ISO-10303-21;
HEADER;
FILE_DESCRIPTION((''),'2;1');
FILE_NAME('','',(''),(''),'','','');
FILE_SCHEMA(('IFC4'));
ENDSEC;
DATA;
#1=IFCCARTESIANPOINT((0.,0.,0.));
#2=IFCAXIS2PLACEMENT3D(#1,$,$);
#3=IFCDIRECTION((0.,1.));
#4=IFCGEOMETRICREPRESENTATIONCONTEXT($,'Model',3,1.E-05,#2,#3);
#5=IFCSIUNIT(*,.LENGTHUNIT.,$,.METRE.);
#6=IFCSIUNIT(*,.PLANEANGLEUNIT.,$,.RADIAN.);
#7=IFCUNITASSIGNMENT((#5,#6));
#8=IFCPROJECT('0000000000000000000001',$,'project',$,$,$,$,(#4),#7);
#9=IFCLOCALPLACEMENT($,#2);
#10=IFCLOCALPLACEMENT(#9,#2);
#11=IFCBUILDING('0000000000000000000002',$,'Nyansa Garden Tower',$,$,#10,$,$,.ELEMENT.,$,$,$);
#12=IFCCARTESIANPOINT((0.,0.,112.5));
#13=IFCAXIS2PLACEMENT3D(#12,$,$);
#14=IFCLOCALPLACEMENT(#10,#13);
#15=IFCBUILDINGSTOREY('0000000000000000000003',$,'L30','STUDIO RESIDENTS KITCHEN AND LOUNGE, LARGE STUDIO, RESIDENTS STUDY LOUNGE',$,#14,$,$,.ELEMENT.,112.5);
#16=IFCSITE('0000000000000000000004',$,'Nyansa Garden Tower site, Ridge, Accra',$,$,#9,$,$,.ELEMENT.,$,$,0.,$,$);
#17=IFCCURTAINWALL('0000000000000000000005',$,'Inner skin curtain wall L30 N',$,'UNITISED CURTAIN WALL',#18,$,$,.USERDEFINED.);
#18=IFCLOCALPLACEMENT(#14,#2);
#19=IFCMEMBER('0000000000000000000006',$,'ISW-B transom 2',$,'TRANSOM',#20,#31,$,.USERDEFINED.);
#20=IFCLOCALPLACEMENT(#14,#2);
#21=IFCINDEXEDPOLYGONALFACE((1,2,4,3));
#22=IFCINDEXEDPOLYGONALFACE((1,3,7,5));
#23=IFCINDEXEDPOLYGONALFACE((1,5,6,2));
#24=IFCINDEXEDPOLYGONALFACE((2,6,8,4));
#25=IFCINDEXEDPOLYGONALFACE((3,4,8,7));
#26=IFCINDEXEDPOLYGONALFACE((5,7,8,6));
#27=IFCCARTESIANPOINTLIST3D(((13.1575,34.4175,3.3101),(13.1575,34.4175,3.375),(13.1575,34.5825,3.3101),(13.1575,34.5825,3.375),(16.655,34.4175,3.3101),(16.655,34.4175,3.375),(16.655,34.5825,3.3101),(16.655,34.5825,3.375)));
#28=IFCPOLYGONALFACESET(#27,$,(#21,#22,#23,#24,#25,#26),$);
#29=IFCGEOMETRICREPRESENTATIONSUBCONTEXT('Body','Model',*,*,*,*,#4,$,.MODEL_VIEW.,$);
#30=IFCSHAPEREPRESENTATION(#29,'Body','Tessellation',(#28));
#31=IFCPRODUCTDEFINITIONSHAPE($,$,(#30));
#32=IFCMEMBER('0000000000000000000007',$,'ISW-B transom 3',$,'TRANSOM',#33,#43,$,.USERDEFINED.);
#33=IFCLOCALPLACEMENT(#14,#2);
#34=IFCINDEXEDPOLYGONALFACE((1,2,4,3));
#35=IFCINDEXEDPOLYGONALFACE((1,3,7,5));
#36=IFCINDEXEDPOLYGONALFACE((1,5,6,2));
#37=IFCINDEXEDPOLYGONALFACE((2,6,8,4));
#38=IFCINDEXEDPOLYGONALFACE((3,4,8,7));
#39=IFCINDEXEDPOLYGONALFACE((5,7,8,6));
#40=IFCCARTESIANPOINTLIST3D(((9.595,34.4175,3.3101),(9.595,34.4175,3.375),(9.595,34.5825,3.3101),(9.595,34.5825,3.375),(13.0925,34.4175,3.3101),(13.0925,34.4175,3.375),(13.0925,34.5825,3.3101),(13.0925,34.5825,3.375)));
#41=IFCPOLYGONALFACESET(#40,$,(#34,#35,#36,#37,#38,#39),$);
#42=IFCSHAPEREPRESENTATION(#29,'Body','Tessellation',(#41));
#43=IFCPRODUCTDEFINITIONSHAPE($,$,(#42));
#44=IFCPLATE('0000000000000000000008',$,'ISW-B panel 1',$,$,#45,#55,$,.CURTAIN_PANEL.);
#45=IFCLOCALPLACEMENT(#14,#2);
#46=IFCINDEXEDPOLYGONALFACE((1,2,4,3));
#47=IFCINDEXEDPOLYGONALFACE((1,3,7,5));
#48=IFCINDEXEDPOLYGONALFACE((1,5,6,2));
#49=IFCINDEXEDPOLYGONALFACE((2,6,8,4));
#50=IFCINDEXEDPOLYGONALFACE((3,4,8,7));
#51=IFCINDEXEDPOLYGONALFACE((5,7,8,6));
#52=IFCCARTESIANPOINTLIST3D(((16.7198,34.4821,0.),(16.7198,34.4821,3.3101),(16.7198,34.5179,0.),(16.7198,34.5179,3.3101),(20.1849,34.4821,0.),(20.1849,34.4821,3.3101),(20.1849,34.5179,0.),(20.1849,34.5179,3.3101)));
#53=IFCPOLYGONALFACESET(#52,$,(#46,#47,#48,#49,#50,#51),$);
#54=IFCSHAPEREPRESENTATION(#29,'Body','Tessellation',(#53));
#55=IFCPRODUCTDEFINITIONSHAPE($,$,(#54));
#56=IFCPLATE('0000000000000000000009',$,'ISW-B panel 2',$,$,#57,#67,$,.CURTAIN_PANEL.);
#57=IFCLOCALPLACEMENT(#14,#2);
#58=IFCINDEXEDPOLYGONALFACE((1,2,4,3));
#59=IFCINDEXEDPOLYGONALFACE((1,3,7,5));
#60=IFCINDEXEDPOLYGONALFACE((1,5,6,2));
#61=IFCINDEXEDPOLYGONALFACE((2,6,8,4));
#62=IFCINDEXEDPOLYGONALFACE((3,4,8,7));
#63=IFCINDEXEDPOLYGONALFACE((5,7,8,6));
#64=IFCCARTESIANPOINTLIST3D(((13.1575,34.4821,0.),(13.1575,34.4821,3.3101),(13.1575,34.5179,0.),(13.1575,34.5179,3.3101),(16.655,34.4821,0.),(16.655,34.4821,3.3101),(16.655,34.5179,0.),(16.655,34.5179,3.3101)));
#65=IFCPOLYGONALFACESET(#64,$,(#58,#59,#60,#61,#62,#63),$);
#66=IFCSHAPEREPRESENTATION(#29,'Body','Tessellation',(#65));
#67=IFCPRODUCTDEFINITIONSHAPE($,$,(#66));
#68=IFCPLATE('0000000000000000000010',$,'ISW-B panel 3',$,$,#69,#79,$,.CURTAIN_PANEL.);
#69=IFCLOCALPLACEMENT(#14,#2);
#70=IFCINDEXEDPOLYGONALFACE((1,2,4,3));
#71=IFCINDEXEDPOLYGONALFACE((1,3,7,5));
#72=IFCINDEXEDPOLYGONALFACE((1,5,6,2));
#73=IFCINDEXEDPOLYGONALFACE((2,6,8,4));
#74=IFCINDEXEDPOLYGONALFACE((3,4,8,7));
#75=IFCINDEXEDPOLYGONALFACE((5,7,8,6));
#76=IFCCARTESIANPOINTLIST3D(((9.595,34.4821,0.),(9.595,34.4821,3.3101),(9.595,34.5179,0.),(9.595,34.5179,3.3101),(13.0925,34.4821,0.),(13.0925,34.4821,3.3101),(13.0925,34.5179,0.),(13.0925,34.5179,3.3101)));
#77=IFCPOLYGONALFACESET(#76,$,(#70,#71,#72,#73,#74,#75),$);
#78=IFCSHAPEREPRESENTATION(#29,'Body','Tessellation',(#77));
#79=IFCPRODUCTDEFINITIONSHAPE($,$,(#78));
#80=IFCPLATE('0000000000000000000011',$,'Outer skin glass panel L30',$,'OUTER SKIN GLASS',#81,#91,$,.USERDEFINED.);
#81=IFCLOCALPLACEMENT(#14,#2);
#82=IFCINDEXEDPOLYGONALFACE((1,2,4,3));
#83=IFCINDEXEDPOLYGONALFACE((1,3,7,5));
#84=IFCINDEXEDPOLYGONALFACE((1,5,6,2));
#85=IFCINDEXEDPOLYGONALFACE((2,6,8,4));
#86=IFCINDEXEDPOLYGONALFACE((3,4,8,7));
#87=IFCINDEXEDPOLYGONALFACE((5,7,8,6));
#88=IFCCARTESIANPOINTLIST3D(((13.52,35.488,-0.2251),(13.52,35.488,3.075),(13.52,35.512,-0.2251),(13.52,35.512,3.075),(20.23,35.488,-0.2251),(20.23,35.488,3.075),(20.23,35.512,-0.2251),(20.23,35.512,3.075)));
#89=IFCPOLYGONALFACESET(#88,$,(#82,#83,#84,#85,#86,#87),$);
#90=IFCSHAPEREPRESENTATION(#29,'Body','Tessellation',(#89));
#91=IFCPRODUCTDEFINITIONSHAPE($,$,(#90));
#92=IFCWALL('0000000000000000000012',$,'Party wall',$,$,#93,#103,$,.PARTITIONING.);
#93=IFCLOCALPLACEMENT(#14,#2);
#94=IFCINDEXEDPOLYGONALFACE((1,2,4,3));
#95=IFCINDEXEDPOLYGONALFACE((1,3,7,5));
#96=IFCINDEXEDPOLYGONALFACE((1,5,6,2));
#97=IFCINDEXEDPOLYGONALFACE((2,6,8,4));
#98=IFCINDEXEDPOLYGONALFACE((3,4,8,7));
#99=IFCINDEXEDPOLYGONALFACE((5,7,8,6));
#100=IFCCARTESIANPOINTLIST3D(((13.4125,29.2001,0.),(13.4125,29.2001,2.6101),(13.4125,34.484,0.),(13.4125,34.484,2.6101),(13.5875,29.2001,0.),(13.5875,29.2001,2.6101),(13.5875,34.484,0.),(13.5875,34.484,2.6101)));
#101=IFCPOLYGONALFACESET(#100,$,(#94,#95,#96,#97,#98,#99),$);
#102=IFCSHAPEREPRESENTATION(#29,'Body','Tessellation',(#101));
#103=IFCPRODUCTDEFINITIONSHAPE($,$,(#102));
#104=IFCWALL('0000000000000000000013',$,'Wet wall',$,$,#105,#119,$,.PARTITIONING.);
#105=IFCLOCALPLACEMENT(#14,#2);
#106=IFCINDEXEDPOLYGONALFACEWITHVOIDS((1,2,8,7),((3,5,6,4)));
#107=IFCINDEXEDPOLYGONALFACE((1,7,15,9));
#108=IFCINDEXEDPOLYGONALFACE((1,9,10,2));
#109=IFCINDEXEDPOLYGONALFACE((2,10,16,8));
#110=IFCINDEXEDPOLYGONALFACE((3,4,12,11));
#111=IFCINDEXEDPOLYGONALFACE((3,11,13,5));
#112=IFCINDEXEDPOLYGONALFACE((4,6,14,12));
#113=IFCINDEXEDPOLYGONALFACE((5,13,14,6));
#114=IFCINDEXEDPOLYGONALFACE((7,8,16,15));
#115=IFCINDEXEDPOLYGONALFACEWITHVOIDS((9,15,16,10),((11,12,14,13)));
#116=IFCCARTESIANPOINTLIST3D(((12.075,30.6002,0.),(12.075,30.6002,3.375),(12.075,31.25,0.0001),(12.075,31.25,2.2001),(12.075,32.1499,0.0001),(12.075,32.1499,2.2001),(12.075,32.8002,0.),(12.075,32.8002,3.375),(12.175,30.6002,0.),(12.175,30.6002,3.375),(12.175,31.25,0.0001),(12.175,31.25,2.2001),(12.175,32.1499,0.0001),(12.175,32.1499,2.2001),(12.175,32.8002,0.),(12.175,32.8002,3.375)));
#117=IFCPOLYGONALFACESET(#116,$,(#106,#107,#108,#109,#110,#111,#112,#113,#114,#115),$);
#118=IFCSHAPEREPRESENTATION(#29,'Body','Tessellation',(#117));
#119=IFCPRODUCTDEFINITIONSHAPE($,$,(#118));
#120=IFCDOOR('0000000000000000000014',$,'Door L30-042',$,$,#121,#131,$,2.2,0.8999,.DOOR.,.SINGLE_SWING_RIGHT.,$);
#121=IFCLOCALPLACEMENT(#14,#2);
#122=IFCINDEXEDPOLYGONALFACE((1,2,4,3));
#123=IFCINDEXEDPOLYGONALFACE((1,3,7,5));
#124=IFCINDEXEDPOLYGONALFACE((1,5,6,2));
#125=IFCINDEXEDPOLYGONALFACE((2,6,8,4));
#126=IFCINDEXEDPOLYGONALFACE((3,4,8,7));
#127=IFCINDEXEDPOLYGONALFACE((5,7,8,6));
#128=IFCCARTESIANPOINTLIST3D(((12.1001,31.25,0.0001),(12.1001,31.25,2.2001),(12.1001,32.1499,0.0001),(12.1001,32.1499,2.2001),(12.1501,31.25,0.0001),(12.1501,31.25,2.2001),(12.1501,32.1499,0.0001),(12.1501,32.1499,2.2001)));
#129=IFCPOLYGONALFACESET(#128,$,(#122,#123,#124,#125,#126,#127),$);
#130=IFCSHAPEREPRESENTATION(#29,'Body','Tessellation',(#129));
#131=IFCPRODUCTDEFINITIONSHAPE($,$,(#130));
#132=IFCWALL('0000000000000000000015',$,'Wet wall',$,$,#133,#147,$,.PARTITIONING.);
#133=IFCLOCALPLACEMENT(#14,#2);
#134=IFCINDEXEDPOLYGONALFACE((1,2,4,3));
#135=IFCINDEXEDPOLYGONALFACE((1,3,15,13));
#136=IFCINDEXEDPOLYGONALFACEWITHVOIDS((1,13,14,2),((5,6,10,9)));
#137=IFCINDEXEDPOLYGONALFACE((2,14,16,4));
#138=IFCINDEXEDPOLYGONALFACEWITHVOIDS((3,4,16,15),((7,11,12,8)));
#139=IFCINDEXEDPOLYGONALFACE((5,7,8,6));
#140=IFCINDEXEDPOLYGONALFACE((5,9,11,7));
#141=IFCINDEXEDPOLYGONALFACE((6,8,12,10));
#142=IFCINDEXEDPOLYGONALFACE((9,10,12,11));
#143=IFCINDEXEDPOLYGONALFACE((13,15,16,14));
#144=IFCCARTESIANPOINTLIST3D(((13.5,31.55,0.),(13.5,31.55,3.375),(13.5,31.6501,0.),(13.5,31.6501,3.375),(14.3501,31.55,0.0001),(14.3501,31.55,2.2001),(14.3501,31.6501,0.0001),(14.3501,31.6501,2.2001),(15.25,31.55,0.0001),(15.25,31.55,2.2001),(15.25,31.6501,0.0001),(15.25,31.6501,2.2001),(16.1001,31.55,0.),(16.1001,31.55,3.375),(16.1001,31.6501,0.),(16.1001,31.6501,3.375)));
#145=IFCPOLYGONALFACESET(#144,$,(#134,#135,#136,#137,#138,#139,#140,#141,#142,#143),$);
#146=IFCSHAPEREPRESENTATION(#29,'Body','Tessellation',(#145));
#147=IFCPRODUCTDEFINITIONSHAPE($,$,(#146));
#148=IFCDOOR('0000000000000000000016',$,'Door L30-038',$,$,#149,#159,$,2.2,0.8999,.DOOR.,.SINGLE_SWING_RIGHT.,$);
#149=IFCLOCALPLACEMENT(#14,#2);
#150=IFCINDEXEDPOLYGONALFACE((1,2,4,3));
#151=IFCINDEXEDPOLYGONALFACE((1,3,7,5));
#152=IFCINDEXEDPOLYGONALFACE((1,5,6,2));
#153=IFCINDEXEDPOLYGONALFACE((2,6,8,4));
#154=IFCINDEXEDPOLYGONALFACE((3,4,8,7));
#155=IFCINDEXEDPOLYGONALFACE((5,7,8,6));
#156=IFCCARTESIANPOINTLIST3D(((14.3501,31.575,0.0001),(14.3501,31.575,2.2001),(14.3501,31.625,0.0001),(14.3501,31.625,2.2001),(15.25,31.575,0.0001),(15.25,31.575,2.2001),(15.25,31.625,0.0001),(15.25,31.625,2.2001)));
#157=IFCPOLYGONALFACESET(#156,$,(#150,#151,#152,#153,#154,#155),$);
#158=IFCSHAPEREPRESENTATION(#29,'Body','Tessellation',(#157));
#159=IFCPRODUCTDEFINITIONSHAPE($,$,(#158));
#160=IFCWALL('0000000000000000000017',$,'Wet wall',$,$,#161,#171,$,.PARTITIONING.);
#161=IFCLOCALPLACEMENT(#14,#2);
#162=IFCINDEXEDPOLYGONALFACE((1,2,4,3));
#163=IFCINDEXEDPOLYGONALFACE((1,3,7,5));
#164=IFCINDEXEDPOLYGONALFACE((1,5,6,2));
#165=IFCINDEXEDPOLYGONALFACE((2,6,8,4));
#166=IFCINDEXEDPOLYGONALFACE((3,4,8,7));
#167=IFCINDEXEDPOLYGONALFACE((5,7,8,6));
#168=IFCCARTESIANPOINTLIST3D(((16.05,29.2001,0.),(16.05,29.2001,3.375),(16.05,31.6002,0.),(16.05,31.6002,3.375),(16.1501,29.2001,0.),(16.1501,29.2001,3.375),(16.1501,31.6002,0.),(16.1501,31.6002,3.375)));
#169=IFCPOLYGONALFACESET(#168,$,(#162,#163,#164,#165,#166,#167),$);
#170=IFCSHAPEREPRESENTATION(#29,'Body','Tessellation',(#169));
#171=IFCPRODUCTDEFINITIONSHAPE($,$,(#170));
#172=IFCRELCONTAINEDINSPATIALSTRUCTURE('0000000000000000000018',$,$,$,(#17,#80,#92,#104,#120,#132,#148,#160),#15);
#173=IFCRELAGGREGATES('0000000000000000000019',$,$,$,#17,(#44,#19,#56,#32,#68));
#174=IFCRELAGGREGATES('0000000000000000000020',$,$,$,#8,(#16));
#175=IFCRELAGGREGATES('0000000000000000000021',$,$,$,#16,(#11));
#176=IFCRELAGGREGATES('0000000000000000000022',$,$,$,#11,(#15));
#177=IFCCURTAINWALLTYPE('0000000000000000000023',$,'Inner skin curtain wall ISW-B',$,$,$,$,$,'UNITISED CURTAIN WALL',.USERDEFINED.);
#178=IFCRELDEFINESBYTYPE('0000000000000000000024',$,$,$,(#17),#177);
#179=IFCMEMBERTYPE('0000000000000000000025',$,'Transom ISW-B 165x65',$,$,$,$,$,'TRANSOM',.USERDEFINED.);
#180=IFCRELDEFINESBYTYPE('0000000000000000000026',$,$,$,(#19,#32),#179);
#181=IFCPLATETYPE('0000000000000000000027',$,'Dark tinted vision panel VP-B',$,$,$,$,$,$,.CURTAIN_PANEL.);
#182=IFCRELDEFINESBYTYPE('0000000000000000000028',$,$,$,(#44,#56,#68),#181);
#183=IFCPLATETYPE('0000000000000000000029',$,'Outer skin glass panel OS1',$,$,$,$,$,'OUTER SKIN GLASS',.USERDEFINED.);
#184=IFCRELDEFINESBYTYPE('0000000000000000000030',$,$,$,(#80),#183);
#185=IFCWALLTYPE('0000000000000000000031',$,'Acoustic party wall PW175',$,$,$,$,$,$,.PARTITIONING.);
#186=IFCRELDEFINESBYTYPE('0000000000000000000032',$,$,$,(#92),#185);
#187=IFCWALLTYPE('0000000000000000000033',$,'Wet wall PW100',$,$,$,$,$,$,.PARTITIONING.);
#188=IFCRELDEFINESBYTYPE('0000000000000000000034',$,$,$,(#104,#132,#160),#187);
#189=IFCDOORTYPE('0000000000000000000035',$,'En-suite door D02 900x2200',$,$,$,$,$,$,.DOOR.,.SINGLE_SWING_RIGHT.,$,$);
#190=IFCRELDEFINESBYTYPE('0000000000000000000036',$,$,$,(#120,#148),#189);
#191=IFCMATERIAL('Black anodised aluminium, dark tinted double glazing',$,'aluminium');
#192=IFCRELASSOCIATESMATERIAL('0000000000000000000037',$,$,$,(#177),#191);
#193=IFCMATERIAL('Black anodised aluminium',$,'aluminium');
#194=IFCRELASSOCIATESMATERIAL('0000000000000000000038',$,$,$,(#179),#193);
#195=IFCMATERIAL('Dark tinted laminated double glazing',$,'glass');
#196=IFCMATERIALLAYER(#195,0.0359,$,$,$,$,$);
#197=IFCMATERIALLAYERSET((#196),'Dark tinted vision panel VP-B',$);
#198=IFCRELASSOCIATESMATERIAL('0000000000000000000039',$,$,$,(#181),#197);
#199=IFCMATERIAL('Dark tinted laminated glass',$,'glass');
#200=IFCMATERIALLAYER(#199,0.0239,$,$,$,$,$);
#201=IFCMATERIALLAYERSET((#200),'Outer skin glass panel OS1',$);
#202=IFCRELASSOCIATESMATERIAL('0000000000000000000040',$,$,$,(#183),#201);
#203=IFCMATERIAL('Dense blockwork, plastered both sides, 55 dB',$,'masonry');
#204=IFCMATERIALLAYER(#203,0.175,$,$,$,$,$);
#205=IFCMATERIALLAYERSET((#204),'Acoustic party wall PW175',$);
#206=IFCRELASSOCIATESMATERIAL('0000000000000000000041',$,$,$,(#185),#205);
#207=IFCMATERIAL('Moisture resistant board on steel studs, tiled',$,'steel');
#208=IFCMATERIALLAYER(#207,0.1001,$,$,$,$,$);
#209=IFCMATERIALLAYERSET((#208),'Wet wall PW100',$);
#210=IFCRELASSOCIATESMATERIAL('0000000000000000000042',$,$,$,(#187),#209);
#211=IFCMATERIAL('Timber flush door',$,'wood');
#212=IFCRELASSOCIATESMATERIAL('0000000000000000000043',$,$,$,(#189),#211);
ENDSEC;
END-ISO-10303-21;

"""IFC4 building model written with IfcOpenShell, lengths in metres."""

from ifc_helpers import new_model, si_unit, direction, frame, frame_2d, origin, origin_2d, place, context, subcontext, project, spatial, rectangle, extrude, material, layer, layer_set, material_profile, profile_set, type_object, element, fill, aggregate, save


model = new_model("IFC4")

# Units and contexts
model_context = context("Model", 3, precision=1e-05, world=origin(), true_north=direction((0.0, 1.0)))
body_context = subcontext(model_context, "Body", "Model", "MODEL_VIEW")
ifc_project = project(units=[si_unit("LENGTHUNIT", "METRE"), si_unit("PLANEANGLEUNIT", "RADIAN")], contexts=[model_context])

# Site, building, storey
site_placement = place(None, origin())
site = spatial("IfcSite", under=ifc_project, at=site_placement, Name="Nyansa Garden Tower site, Ridge, Accra", CompositionType="ELEMENT", RefElevation=0.0)
building_placement = place(site_placement, origin())
building = spatial("IfcBuilding", under=site, at=building_placement, Name="Nyansa Garden Tower", CompositionType="ELEMENT")
storey_placement = place(building_placement, frame((0.0, 0.0, 112.5)))
storey = spatial("IfcBuildingStorey", under=building, at=storey_placement, Name="L30", Description="STUDIO RESIDENTS KITCHEN AND LOUNGE, LARGE STUDIO, RESIDENTS STUDY LOUNGE", CompositionType="ELEMENT", Elevation=112.5)

# Curtain wall
ifc_material_1 = material(Name="Black anodised aluminium, dark tinted double glazing", Category="aluminium")
curtain_wall_type = type_object("IfcCurtainWallType", Name="Inner skin curtain wall ISW-B", ElementType="UNITISED CURTAIN WALL", PredefinedType="USERDEFINED", material=ifc_material_1)
curtain_wall_placement = place(storey_placement, origin())
curtain_wall = element("IfcCurtainWall", 1, at=curtain_wall_placement, inside=storey, type_object=curtain_wall_type, Name="Inner skin curtain wall L30 N", ObjectType="UNITISED CURTAIN WALL", PredefinedType="USERDEFINED")

# Members
ifc_material_2 = material(Name="Black anodised aluminium", Category="aluminium")
ifc_material_profile_1 = material_profile(ifc_material_2, rectangle(XDim=0.165, YDim=0.0649, at=origin_2d()), Name="Transom 165x65")
ifc_profile_set_1 = profile_set([ifc_material_profile_1], Name="Black anodised aluminium")
member_type_1 = type_object("IfcMemberType", Name="Transom ISW-B 165x65", ElementType="TRANSOM", PredefinedType="USERDEFINED", material=ifc_profile_set_1)
member_1_placement = place(storey_placement, frame((16.655, 34.5, 3.3425), z_axis=(-1.0, 0.0, 0.0), x_axis=(0.0, -1.0, 0.0)))
member_1 = element("IfcMember", 2, at=member_1_placement, type_object=member_type_1, Name="ISW-B transom 2", ObjectType="TRANSOM", PredefinedType="USERDEFINED", context=body_context, shape_type="SweptSolid", body=[
    extrude(rectangle(XDim=0.165, YDim=0.0649, at=origin_2d()), origin(), (0.0, 0.0, 1.0), 3.4976),
])
member_2_placement = place(storey_placement, frame((13.0925, 34.5, 3.3425), z_axis=(-1.0, 0.0, 0.0), x_axis=(0.0, -1.0, 0.0)))
member_2 = element("IfcMember", 3, at=member_2_placement, type_object=member_type_1, Name="ISW-B transom 3", ObjectType="TRANSOM", PredefinedType="USERDEFINED", context=body_context, shape_type="SweptSolid", body=[
    extrude(rectangle(XDim=0.165, YDim=0.0649, at=origin_2d()), origin(), (0.0, 0.0, 1.0), 3.4976),
])

# Plates
ifc_material_3 = material(Name="Dark tinted laminated double glazing", Category="glass")
ifc_layer_1 = layer(ifc_material_3, 0.0359)
ifc_layer_set_1 = layer_set([ifc_layer_1], Name="Dark tinted vision panel VP-B")
plate_type_1 = type_object("IfcPlateType", Name="Dark tinted vision panel VP-B", PredefinedType="CURTAIN_PANEL", material=ifc_layer_set_1)
plate_1_placement = place(storey_placement, frame((18.4524, 34.5, 0.0), z_axis=(0.0, 0.0, 1.0), x_axis=(-1.0, 0.0, 0.0)))
plate_1 = element("IfcPlate", 4, at=plate_1_placement, type_object=plate_type_1, Name="ISW-B panel 1", PredefinedType="CURTAIN_PANEL", context=body_context, shape_type="SweptSolid", body=[
    extrude(rectangle(XDim=3.4651, YDim=0.0359, at=origin_2d()), origin(), (0.0, 0.0, 1.0), 3.3101),
])
plate_2_placement = place(storey_placement, frame((14.9062, 34.5, 0.0), z_axis=(0.0, 0.0, 1.0), x_axis=(-1.0, 0.0, 0.0)))
plate_2 = element("IfcPlate", 5, at=plate_2_placement, type_object=plate_type_1, Name="ISW-B panel 2", PredefinedType="CURTAIN_PANEL", context=body_context, shape_type="SweptSolid", body=[
    extrude(rectangle(XDim=3.4976, YDim=0.0359, at=origin_2d()), origin(), (0.0, 0.0, 1.0), 3.3101),
])
plate_3_placement = place(storey_placement, frame((11.3438, 34.5, 0.0), z_axis=(0.0, 0.0, 1.0), x_axis=(-1.0, 0.0, 0.0)))
plate_3 = element("IfcPlate", 6, at=plate_3_placement, type_object=plate_type_1, Name="ISW-B panel 3", PredefinedType="CURTAIN_PANEL", context=body_context, shape_type="SweptSolid", body=[
    extrude(rectangle(XDim=3.4976, YDim=0.0359, at=origin_2d()), origin(), (0.0, 0.0, 1.0), 3.3101),
])
aggregate(curtain_wall, [plate_1, member_1, plate_2, member_2, plate_3])
ifc_material_4 = material(Name="Dark tinted laminated glass", Category="glass")
ifc_layer_2 = layer(ifc_material_4, 0.0239)
ifc_layer_set_2 = layer_set([ifc_layer_2], Name="Outer skin glass panel OS1")
plate_type_2 = type_object("IfcPlateType", Name="Outer skin glass panel OS1", ElementType="OUTER SKIN GLASS", PredefinedType="USERDEFINED", material=ifc_layer_set_2)
plate_4_placement = place(storey_placement, frame((16.875, 35.5, -0.2251), z_axis=(0.0, 0.0, 1.0), x_axis=(1.0, 0.0, 0.0)))
element("IfcPlate", 7, at=plate_4_placement, inside=storey, type_object=plate_type_2, Name="Outer skin glass panel L30", ObjectType="OUTER SKIN GLASS", PredefinedType="USERDEFINED", context=body_context, shape_type="SweptSolid", body=[
    extrude(rectangle(XDim=6.71, YDim=0.0239, at=origin_2d()), origin(), (0.0, 0.0, 1.0), 3.3),
])

# Wall
ifc_material_5 = material(Name="Dense blockwork, plastered both sides, 55 dB", Category="masonry")
ifc_layer_3 = layer(ifc_material_5, 0.175)
ifc_layer_set_3 = layer_set([ifc_layer_3], Name="Acoustic party wall PW175")
wall_type_1 = type_object("IfcWallType", Name="Acoustic party wall PW175", PredefinedType="PARTITIONING", material=ifc_layer_set_3)
wall_1_placement = place(storey_placement, frame((13.5, 29.2, 0.0), z_axis=(0.0, 0.0, 1.0), x_axis=(0.0, 1.0, 0.0)))
element("IfcWall", 8, at=wall_1_placement, inside=storey, type_object=wall_type_1, Name="Party wall", PredefinedType="PARTITIONING", context=body_context, shape_type="SweptSolid", body=[
    extrude(rectangle(XDim=5.2839, YDim=0.175, at=frame_2d((2.6421, 0.0))), origin(), (0.0, 0.0, 1.0), 2.6101),
])

# Walls, openings, doors
ifc_material_6 = material(Name="Moisture resistant board on steel studs, tiled", Category="steel")
ifc_layer_4 = layer(ifc_material_6, 0.1001)
ifc_layer_set_4 = layer_set([ifc_layer_4], Name="Wet wall PW100")
wall_type_2 = type_object("IfcWallType", Name="Wet wall PW100", PredefinedType="PARTITIONING", material=ifc_layer_set_4)
wall_2_placement = place(storey_placement, frame((12.125, 30.6001, 0.0), z_axis=(0.0, 0.0, 1.0), x_axis=(0.0, 1.0, 0.0)))
wall_2 = element("IfcWall", 9, at=wall_2_placement, inside=storey, type_object=wall_type_2, Name="Wet wall", PredefinedType="PARTITIONING", context=body_context, shape_type="SweptSolid", body=[
    extrude(rectangle(XDim=2.2, YDim=0.1001, at=frame_2d((1.1001, 0.0))), origin(), (0.0, 0.0, 1.0), 3.375),
])
opening_1_placement = place(wall_2_placement, frame((0.6499, 0.0, 0.0)))
opening_1 = element("IfcOpeningElement", 10, at=opening_1_placement, cuts=wall_2, PredefinedType="OPENING", context=body_context, shape_type="SweptSolid", body=[
    extrude(rectangle(XDim=0.8999, YDim=2.2, at=frame_2d((0.45, 1.1001))), frame((0.0, 0.0601, 0.0), z_axis=(0.0, -1.0, 0.0), x_axis=(1.0, 0.0, 0.0)), (0.0, 0.0, 1.0), 0.1201),
])
ifc_material_7 = material(Name="Timber flush door", Category="wood")
door_type = type_object("IfcDoorType", Name="En-suite door D02 900x2200", OperationType="SINGLE_SWING_RIGHT", PredefinedType="DOOR", material=ifc_material_7)
door_1_placement = place(opening_1_placement, origin())
door_1 = element("IfcDoor", 11, at=door_1_placement, inside=storey, type_object=door_type, Name="Door L30-042", OperationType="SINGLE_SWING_RIGHT", OverallHeight=2.2, OverallWidth=0.8999, PredefinedType="DOOR", context=body_context, shape_type="SweptSolid", body=[
    extrude(rectangle(XDim=0.8999, YDim=2.2, at=frame_2d((0.45, 1.1001))), frame((0.0, 0.0249, 0.0), z_axis=(0.0, -1.0, 0.0), x_axis=(1.0, 0.0, 0.0)), (0.0, 0.0, 1.0), 0.05),
])
fill(opening_1, door_1)
wall_3_placement = place(storey_placement, frame((13.5, 31.6001, 0.0), z_axis=(0.0, 0.0, 1.0), x_axis=(1.0, 0.0, 0.0)))
wall_3 = element("IfcWall", 12, at=wall_3_placement, inside=storey, type_object=wall_type_2, Name="Wet wall", PredefinedType="PARTITIONING", context=body_context, shape_type="SweptSolid", body=[
    extrude(rectangle(XDim=2.6001, YDim=0.1001, at=frame_2d((1.3, 0.0))), origin(), (0.0, 0.0, 1.0), 3.375),
])
opening_2_placement = place(wall_3_placement, frame((0.8501, 0.0, 0.0)))
opening_2 = element("IfcOpeningElement", 13, at=opening_2_placement, cuts=wall_3, PredefinedType="OPENING", context=body_context, shape_type="SweptSolid", body=[
    extrude(rectangle(XDim=0.8999, YDim=2.2, at=frame_2d((0.45, 1.1001))), frame((0.0, 0.0601, 0.0), z_axis=(0.0, -1.0, 0.0), x_axis=(1.0, 0.0, 0.0)), (0.0, 0.0, 1.0), 0.1201),
])
door_2_placement = place(opening_2_placement, origin())
door_2 = element("IfcDoor", 14, at=door_2_placement, inside=storey, type_object=door_type, Name="Door L30-038", OperationType="SINGLE_SWING_RIGHT", OverallHeight=2.2, OverallWidth=0.8999, PredefinedType="DOOR", context=body_context, shape_type="SweptSolid", body=[
    extrude(rectangle(XDim=0.8999, YDim=2.2, at=frame_2d((0.45, 1.1001))), frame((0.0, 0.0249, 0.0), z_axis=(0.0, -1.0, 0.0), x_axis=(1.0, 0.0, 0.0)), (0.0, 0.0, 1.0), 0.05),
])
fill(opening_2, door_2)

# Wall
wall_4_placement = place(storey_placement, frame((16.1001, 29.2, 0.0), z_axis=(0.0, 0.0, 1.0), x_axis=(0.0, 1.0, 0.0)))
element("IfcWall", 15, at=wall_4_placement, inside=storey, type_object=wall_type_2, Name="Wet wall", PredefinedType="PARTITIONING", context=body_context, shape_type="SweptSolid", body=[
    extrude(rectangle(XDim=2.4001, YDim=0.1001, at=frame_2d((1.2002, 0.0))), origin(), (0.0, 0.0, 1.0), 3.375),
])

save(model, "model.ifc")
